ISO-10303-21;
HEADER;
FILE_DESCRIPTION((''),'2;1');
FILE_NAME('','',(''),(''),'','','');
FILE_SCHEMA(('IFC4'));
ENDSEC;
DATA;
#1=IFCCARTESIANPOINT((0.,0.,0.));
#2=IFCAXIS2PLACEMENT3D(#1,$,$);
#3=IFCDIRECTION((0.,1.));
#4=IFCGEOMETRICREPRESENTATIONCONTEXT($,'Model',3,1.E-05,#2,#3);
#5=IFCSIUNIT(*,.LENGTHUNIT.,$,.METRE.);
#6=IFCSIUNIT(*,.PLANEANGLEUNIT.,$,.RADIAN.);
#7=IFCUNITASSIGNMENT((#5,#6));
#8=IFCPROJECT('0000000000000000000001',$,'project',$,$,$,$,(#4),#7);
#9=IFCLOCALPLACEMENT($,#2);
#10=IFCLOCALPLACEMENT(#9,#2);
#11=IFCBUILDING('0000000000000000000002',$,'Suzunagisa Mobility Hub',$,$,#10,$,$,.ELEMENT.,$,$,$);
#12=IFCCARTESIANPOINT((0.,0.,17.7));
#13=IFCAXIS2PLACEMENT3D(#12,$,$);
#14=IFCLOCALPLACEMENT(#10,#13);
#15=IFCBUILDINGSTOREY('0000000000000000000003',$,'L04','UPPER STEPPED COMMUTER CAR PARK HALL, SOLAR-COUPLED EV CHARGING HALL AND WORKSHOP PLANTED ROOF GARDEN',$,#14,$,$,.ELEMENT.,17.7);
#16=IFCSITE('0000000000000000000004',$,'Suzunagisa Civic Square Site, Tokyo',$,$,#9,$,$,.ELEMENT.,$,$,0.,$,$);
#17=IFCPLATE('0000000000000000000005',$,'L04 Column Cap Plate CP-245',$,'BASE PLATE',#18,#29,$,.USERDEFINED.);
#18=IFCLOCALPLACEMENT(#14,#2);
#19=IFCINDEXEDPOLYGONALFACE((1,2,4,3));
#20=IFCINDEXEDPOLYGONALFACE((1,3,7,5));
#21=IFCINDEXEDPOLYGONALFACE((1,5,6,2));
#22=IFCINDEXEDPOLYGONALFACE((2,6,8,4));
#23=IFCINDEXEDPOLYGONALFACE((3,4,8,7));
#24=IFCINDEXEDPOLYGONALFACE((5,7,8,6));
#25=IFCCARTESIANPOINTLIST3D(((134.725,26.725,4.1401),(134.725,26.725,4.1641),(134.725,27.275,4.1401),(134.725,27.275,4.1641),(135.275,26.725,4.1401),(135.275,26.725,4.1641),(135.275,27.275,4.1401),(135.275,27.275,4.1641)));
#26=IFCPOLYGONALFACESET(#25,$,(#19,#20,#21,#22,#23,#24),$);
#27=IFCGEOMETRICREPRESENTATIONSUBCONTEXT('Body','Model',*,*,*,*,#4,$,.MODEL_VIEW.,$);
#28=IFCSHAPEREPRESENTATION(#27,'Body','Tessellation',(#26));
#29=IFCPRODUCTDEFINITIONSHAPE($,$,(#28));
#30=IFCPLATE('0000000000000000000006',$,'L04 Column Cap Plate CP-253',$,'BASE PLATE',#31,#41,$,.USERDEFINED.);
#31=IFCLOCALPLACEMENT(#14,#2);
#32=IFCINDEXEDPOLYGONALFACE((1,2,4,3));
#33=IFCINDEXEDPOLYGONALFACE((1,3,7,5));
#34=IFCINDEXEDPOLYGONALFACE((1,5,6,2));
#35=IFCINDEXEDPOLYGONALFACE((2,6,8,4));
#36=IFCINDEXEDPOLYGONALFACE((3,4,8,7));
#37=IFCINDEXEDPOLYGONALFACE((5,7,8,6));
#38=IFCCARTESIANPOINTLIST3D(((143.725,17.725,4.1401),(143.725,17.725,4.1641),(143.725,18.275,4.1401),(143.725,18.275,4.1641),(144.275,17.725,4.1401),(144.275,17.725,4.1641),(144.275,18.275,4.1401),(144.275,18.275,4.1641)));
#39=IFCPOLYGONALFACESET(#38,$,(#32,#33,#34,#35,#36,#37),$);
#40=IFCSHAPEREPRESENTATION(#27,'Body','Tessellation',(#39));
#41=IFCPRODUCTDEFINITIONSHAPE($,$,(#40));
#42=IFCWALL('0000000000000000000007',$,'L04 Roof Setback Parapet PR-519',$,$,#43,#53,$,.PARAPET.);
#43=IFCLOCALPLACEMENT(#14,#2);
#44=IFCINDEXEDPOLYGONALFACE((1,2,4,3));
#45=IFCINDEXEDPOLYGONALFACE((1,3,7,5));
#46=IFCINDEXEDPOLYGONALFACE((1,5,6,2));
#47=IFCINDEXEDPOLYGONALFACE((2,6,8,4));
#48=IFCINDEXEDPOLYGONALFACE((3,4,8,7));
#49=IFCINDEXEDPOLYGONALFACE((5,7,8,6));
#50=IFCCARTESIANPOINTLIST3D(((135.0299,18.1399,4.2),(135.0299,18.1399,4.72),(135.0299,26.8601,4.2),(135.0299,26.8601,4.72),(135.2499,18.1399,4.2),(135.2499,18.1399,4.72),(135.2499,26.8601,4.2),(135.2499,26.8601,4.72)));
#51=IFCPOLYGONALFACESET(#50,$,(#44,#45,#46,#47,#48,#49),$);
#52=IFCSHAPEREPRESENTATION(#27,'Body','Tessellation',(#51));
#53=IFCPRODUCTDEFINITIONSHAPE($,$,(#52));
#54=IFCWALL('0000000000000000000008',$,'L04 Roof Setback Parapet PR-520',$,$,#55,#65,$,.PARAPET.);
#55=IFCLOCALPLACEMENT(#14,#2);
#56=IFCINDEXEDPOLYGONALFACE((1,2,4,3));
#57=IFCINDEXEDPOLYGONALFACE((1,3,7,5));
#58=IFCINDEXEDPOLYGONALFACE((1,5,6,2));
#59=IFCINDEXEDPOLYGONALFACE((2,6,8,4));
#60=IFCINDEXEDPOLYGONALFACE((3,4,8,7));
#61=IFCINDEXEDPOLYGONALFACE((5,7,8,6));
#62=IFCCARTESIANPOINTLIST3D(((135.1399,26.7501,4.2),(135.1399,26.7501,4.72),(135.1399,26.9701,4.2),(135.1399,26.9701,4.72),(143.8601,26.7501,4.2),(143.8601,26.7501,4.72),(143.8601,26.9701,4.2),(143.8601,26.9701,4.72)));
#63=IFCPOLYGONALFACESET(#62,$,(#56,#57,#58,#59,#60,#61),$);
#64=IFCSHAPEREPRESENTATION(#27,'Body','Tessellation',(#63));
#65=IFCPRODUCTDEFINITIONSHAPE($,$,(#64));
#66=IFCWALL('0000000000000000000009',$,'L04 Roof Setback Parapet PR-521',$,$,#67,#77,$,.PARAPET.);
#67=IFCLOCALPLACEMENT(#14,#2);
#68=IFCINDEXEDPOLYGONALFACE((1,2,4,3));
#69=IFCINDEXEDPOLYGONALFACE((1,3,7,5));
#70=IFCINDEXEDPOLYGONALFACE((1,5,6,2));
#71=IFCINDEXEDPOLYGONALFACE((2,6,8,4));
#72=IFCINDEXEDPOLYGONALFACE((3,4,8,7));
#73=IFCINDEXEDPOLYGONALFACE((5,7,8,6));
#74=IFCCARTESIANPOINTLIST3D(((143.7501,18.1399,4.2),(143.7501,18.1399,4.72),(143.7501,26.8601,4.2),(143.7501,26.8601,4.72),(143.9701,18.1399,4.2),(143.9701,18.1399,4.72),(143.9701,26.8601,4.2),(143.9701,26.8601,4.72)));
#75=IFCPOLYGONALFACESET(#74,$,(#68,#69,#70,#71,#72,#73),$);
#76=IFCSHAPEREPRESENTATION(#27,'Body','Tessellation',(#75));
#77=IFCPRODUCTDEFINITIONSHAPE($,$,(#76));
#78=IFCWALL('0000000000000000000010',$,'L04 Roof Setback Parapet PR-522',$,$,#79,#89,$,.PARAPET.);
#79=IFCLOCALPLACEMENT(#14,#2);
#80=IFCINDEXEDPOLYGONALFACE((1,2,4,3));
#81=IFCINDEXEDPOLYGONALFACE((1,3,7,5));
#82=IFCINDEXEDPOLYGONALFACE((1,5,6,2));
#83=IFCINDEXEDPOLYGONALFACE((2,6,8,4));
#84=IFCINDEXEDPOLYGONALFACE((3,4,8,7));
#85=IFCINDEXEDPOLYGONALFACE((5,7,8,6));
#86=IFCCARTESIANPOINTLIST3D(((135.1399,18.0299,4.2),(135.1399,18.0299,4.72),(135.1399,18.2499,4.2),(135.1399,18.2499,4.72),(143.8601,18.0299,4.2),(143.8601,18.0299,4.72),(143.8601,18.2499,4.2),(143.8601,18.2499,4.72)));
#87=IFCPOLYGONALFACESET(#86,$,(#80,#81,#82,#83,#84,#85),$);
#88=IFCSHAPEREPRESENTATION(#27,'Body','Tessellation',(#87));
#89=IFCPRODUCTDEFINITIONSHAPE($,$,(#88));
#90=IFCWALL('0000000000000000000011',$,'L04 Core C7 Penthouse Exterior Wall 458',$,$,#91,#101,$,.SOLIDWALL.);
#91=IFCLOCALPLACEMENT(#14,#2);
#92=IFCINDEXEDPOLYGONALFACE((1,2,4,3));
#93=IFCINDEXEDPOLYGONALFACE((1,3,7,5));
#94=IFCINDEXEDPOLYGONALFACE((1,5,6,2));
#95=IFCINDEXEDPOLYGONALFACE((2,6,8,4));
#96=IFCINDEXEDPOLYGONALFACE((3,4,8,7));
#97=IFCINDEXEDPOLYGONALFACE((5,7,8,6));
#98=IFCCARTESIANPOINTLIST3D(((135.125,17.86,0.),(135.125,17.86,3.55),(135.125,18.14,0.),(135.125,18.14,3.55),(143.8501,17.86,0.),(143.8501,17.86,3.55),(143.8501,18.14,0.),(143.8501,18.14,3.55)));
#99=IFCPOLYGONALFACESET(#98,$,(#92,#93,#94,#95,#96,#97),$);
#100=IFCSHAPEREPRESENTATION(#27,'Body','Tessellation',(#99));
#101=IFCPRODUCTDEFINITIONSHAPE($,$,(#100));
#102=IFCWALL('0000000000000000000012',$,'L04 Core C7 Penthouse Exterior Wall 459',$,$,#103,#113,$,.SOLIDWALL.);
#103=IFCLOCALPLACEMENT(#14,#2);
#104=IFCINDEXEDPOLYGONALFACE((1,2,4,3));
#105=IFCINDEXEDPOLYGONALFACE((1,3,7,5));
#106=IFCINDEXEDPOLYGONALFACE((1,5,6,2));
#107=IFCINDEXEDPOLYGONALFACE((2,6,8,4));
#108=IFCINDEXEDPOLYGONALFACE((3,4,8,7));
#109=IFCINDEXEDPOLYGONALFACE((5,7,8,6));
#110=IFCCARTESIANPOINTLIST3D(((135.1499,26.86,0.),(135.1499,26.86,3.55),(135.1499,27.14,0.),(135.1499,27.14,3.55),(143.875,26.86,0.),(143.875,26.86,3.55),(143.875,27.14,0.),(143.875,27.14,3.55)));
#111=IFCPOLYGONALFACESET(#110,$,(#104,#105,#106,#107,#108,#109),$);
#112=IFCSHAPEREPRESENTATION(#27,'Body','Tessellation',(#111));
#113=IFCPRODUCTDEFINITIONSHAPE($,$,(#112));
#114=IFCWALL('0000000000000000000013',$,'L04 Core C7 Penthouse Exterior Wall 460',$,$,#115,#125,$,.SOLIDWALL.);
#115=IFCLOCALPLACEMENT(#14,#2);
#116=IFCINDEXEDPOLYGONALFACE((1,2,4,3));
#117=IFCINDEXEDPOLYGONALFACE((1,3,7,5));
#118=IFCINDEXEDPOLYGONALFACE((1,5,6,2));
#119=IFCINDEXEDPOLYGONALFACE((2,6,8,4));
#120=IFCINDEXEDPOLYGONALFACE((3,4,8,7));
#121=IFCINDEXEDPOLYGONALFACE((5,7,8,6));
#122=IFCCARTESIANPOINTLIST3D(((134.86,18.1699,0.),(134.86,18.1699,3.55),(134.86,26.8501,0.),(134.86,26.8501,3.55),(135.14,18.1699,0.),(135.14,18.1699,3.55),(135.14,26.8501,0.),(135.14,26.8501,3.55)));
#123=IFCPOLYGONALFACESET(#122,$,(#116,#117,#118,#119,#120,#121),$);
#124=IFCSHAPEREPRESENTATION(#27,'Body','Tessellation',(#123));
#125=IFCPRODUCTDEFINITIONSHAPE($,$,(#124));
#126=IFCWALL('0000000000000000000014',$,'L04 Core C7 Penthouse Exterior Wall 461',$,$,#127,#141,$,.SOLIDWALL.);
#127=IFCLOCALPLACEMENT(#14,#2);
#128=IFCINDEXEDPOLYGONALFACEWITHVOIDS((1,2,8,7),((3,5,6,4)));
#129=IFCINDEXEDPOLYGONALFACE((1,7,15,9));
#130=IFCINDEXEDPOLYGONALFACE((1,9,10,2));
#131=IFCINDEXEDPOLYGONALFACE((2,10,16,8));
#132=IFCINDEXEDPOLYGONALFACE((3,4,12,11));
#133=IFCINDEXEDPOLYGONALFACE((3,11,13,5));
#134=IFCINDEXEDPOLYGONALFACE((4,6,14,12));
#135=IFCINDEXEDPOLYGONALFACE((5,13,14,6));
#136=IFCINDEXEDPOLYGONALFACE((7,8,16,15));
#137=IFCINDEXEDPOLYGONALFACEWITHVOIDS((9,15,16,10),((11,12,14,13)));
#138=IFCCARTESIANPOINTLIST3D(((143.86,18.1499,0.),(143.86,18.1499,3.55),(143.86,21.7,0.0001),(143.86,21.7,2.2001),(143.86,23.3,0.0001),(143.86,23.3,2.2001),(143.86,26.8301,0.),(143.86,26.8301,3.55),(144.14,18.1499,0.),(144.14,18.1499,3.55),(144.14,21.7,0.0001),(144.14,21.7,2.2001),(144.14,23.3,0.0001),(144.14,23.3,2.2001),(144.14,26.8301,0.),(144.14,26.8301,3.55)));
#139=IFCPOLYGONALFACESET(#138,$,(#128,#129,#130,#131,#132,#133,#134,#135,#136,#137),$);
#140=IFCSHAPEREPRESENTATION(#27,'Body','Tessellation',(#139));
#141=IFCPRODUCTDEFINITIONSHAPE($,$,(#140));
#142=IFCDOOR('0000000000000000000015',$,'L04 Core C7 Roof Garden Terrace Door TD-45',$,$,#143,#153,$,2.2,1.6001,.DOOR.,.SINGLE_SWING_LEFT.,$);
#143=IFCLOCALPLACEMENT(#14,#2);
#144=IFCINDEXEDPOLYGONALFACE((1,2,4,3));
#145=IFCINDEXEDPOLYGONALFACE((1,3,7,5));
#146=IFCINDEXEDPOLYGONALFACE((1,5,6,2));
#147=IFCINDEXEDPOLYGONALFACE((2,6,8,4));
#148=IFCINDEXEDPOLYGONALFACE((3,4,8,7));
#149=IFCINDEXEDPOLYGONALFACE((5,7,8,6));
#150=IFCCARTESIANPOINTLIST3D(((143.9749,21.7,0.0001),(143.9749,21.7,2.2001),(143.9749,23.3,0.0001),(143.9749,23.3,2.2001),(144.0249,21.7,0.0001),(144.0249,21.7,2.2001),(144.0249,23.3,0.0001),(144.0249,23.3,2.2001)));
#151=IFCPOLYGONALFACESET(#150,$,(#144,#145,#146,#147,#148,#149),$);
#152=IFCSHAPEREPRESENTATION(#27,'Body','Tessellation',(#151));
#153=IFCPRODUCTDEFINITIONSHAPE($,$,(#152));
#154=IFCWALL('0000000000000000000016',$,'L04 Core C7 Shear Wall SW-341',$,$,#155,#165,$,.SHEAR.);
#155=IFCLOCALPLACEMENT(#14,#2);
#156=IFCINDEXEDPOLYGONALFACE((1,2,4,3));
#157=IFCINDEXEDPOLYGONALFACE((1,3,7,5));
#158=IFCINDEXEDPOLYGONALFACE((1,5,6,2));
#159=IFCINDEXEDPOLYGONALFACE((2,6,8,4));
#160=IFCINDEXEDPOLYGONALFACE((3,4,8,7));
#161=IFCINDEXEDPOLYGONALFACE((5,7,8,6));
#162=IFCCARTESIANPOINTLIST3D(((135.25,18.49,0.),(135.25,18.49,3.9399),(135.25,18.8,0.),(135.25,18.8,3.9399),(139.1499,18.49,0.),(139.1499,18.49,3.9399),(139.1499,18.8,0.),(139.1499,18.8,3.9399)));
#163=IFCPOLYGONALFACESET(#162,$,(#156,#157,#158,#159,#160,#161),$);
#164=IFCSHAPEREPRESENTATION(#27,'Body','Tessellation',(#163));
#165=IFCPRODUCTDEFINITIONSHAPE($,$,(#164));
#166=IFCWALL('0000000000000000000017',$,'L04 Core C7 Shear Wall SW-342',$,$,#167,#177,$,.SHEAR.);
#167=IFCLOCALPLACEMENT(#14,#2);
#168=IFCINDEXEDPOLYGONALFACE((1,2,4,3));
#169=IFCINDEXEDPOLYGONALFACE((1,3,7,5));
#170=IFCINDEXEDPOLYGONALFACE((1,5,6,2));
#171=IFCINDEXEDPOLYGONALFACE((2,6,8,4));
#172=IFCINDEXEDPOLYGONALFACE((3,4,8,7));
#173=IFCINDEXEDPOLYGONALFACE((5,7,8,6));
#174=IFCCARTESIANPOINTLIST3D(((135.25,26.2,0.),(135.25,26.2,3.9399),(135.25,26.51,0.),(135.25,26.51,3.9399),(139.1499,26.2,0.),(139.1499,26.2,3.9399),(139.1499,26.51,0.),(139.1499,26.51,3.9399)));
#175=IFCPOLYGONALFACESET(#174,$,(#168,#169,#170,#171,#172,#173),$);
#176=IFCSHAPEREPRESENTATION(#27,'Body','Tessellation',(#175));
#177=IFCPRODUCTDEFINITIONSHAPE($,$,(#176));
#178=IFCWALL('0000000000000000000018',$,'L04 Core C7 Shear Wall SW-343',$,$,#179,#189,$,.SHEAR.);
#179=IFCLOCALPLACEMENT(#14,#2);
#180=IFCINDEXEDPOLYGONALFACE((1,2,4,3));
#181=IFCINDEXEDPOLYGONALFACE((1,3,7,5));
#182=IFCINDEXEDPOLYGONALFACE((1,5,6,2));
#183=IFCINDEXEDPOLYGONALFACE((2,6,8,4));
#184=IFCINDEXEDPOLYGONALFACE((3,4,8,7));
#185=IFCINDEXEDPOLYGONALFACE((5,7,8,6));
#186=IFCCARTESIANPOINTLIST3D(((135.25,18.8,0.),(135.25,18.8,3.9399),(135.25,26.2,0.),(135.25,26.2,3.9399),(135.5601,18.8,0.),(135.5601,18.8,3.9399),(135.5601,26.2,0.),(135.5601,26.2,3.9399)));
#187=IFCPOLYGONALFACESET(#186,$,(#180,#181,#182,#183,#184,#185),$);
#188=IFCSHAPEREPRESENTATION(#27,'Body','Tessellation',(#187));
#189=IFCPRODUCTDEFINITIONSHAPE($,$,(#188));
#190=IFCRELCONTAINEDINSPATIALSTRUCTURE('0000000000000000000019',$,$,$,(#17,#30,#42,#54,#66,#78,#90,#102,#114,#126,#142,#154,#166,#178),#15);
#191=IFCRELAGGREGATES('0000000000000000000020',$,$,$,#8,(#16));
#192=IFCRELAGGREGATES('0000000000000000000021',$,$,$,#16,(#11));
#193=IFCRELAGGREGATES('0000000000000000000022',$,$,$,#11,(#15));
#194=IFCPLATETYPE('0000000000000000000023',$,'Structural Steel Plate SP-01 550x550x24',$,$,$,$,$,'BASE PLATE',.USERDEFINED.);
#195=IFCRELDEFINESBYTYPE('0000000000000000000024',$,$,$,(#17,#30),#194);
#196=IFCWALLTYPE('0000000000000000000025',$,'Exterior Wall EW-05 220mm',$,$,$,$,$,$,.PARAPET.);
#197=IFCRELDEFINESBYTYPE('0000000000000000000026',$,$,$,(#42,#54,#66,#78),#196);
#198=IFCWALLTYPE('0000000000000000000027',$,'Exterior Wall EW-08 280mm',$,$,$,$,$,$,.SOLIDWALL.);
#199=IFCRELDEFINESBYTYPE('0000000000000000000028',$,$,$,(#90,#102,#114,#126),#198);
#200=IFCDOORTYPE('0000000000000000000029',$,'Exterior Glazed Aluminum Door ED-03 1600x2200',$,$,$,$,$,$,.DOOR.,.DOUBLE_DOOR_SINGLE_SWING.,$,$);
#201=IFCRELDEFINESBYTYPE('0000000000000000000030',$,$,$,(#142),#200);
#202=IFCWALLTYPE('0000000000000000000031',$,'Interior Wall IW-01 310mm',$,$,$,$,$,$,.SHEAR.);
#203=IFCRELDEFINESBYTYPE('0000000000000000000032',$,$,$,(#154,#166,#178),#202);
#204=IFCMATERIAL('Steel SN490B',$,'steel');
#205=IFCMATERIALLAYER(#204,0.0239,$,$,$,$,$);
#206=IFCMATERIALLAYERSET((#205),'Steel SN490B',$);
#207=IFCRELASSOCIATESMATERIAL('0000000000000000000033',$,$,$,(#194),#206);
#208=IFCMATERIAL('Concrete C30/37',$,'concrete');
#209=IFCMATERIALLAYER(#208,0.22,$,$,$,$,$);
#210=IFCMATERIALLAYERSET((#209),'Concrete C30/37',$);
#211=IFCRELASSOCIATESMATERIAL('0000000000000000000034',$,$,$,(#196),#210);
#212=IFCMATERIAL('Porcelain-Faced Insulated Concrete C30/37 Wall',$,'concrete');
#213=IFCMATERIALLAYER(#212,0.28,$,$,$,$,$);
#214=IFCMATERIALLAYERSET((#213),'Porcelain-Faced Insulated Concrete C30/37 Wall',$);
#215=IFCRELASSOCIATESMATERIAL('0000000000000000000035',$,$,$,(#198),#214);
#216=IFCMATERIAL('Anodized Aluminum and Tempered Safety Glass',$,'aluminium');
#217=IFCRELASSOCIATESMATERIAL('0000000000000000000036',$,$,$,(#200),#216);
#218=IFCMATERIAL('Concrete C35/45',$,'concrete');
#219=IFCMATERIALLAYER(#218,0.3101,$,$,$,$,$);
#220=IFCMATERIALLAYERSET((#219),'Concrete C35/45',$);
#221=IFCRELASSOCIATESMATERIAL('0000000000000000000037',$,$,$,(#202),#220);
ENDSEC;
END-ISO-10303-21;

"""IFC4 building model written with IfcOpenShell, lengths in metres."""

from ifc_helpers import new_model, si_unit, direction, frame, frame_2d, origin, origin_2d, place, context, subcontext, project, spatial, rectangle, extrude, material, layer, layer_set, type_object, element, fill, save


model = new_model("IFC4")

# Units and contexts
model_context = context("Model", 3, precision=1e-05, world=origin(), true_north=direction((0.0, 1.0)))
body_context = subcontext(model_context, "Body", "Model", "MODEL_VIEW")
ifc_project = project(units=[si_unit("LENGTHUNIT", "METRE"), si_unit("PLANEANGLEUNIT", "RADIAN")], contexts=[model_context])

# Site, building, storey
site_placement = place(None, origin())
site = spatial("IfcSite", under=ifc_project, at=site_placement, Name="Suzunagisa Civic Square Site, Tokyo", CompositionType="ELEMENT", RefElevation=0.0)
building_placement = place(site_placement, origin())
building = spatial("IfcBuilding", under=site, at=building_placement, Name="Suzunagisa Mobility Hub", CompositionType="ELEMENT")
storey_placement = place(building_placement, frame((0.0, 0.0, 17.7)))
storey = spatial("IfcBuildingStorey", under=building, at=storey_placement, Name="L04", Description="UPPER STEPPED COMMUTER CAR PARK HALL, SOLAR-COUPLED EV CHARGING HALL AND WORKSHOP PLANTED ROOF GARDEN", CompositionType="ELEMENT", Elevation=17.7)

# Shared definitions
ifc_material_1 = material(Name="Steel SN490B", Category="steel")

# Plates
ifc_layer_1 = layer(ifc_material_1, 0.0239)
ifc_layer_set_1 = layer_set([ifc_layer_1], Name="Steel SN490B")
plate_type = type_object("IfcPlateType", Name="Structural Steel Plate SP-01 550x550x24", ElementType="BASE PLATE", PredefinedType="USERDEFINED", material=ifc_layer_set_1)
for number, where, z_axis, x_axis, name in (
    (1, (135.0, 27.0, 4.1401), (0.0, 0.0, 1.0), (1.0, 0.0, 0.0), "L04 Column Cap Plate CP-245"),
    (2, (144.0, 18.0, 4.1401), (0.0, 0.0, 1.0), (1.0, 0.0, 0.0), "L04 Column Cap Plate CP-253"),
):
    element("IfcPlate", number, at=place(storey_placement, frame(where, z_axis=z_axis, x_axis=x_axis)), inside=storey, type_object=plate_type, Name=name, ObjectType="BASE PLATE", PredefinedType="USERDEFINED", context=body_context, shape_type="SweptSolid", body=[
        extrude(rectangle(XDim=0.55, YDim=0.55, at=origin_2d()), origin(), (0.0, 0.0, 1.0), 0.0239),
    ])

# Walls
ifc_material_2 = material(Name="Concrete C30/37", Category="concrete")
ifc_layer_2 = layer(ifc_material_2, 0.22)
ifc_layer_set_2 = layer_set([ifc_layer_2], Name="Concrete C30/37")
wall_type_1 = type_object("IfcWallType", Name="Exterior Wall EW-05 220mm", PredefinedType="PARAPET", material=ifc_layer_set_2)
for number, where, z_axis, x_axis, name in (
    (3, (135.1399, 18.1399, 4.2), (0.0, 0.0, 1.0), (0.0, 1.0, 0.0), "L04 Roof Setback Parapet PR-519"),
    (4, (135.1399, 26.8601, 4.2), (0.0, 0.0, 1.0), (1.0, 0.0, 0.0), "L04 Roof Setback Parapet PR-520"),
    (5, (143.8601, 26.8601, 4.2), (0.0, 0.0, 1.0), (0.0, -1.0, 0.0), "L04 Roof Setback Parapet PR-521"),
    (6, (143.8601, 18.1399, 4.2), (0.0, 0.0, 1.0), (-1.0, 0.0, 0.0), "L04 Roof Setback Parapet PR-522"),
):
    element("IfcWall", number, at=place(storey_placement, frame(where, z_axis=z_axis, x_axis=x_axis)), inside=storey, type_object=wall_type_1, Name=name, PredefinedType="PARAPET", context=body_context, shape_type="SweptSolid", body=[
        extrude(rectangle(XDim=8.7202, YDim=0.22, at=frame_2d((4.3601, 0.0))), origin(), (0.0, 0.0, 1.0), 0.52),
    ])
ifc_material_3 = material(Name="Porcelain-Faced Insulated Concrete C30/37 Wall", Category="concrete")
ifc_layer_3 = layer(ifc_material_3, 0.28)
ifc_layer_set_3 = layer_set([ifc_layer_3], Name="Porcelain-Faced Insulated Concrete C30/37 Wall")
wall_type_2 = type_object("IfcWallType", Name="Exterior Wall EW-08 280mm", PredefinedType="SOLIDWALL", material=ifc_layer_set_3)
for number, where, z_axis, x_axis, name in (
    (7, (135.125, 18.0, 0.0), (0.0, 0.0, 1.0), (1.0, 0.0, 0.0), "L04 Core C7 Penthouse Exterior Wall 458"),
    (8, (143.875, 27.0, 0.0), (0.0, 0.0, 1.0), (-1.0, 0.0, 0.0), "L04 Core C7 Penthouse Exterior Wall 459"),
):
    element("IfcWall", number, at=place(storey_placement, frame(where, z_axis=z_axis, x_axis=x_axis)), inside=storey, type_object=wall_type_2, Name=name, PredefinedType="SOLIDWALL", context=body_context, shape_type="SweptSolid", body=[
        extrude(rectangle(XDim=8.7251, YDim=0.28, at=frame_2d((4.3625, 0.0))), origin(), (0.0, 0.0, 1.0), 3.55),
    ])
wall_1_placement = place(storey_placement, frame((135.0, 18.1699, 0.0), z_axis=(0.0, 0.0, 1.0), x_axis=(0.0, 1.0, 0.0)))
element("IfcWall", 9, at=wall_1_placement, inside=storey, type_object=wall_type_2, Name="L04 Core C7 Penthouse Exterior Wall 460", PredefinedType="SOLIDWALL", context=body_context, shape_type="SweptSolid", body=[
    extrude(rectangle(XDim=8.6802, YDim=0.28, at=frame_2d((4.3401, 0.0))), origin(), (0.0, 0.0, 1.0), 3.55),
])

# Wall, opening, door
wall_2_placement = place(storey_placement, frame((144.0, 18.1499, 0.0), z_axis=(0.0, 0.0, 1.0), x_axis=(0.0, 1.0, 0.0)))
wall_2 = element("IfcWall", 10, at=wall_2_placement, inside=storey, type_object=wall_type_2, Name="L04 Core C7 Penthouse Exterior Wall 461", PredefinedType="SOLIDWALL", context=body_context, shape_type="SweptSolid", body=[
    extrude(rectangle(XDim=8.6802, YDim=0.28, at=frame_2d((4.3401, 0.0))), origin(), (0.0, 0.0, 1.0), 3.55),
])
opening_1_placement = place(wall_2_placement, frame((5.1501, 0.0, 0.0), z_axis=(0.0, 0.0, 1.0), x_axis=(-1.0, 0.0, 0.0)))
opening_1 = element("IfcOpeningElement", 11, at=opening_1_placement, cuts=wall_2, PredefinedType="OPENING", context=body_context, shape_type="SweptSolid", body=[
    extrude(rectangle(XDim=1.6001, YDim=2.2, at=frame_2d((0.8, 1.1001))), frame((0.0, 0.1509, 0.0), z_axis=(0.0, -1.0, 0.0), x_axis=(1.0, 0.0, 0.0)), (0.0, 0.0, 1.0), 0.302),
])
ifc_material_4 = material(Name="Anodized Aluminum and Tempered Safety Glass", Category="aluminium")
door_type_1 = type_object("IfcDoorType", Name="Exterior Glazed Aluminum Door ED-03 1600x2200", OperationType="DOUBLE_DOOR_SINGLE_SWING", PredefinedType="DOOR", material=ifc_material_4)
door_1_placement = place(opening_1_placement, origin())
door_1 = element("IfcDoor", 12, at=door_1_placement, inside=storey, type_object=door_type_1, Name="L04 Core C7 Roof Garden Terrace Door TD-45", OperationType="SINGLE_SWING_LEFT", OverallHeight=2.2, OverallWidth=1.6001, PredefinedType="DOOR", context=body_context, shape_type="SweptSolid", body=[
    extrude(rectangle(XDim=1.6001, YDim=2.2, at=frame_2d((0.8, 1.1001))), frame((0.0, 0.0249, 0.0), z_axis=(0.0, -1.0, 0.0), x_axis=(1.0, 0.0, 0.0)), (0.0, 0.0, 1.0), 0.05),
])
fill(opening_1, door_1)

# Walls
ifc_material_5 = material(Name="Concrete C35/45", Category="concrete")
ifc_layer_4 = layer(ifc_material_5, 0.3101)
ifc_layer_set_4 = layer_set([ifc_layer_4], Name="Concrete C35/45")
wall_type_3 = type_object("IfcWallType", Name="Interior Wall IW-01 310mm", PredefinedType="SHEAR", material=ifc_layer_set_4)
for number, where, z_axis, x_axis, name in (
    (13, (135.25, 18.645, 0.0), (0.0, 0.0, 1.0), (1.0, 0.0, 0.0), "L04 Core C7 Shear Wall SW-341"),
    (14, (135.25, 26.355, 0.0), (0.0, 0.0, 1.0), (1.0, 0.0, 0.0), "L04 Core C7 Shear Wall SW-342"),
):
    element("IfcWall", number, at=place(storey_placement, frame(where, z_axis=z_axis, x_axis=x_axis)), inside=storey, type_object=wall_type_3, Name=name, PredefinedType="SHEAR", context=body_context, shape_type="SweptSolid", body=[
        extrude(rectangle(XDim=3.8999, YDim=0.3101, at=frame_2d((1.95, 0.0))), origin(), (0.0, 0.0, 1.0), 3.9399),
    ])
wall_3_placement = place(storey_placement, frame((135.405, 18.8, 0.0), z_axis=(0.0, 0.0, 1.0), x_axis=(0.0, 1.0, 0.0)))
element("IfcWall", 15, at=wall_3_placement, inside=storey, type_object=wall_type_3, Name="L04 Core C7 Shear Wall SW-343", PredefinedType="SHEAR", context=body_context, shape_type="SweptSolid", body=[
    extrude(rectangle(XDim=7.3999, YDim=0.3101, at=frame_2d((3.7, 0.0))), origin(), (0.0, 0.0, 1.0), 3.9399),
])

save(model, "model.ifc")
